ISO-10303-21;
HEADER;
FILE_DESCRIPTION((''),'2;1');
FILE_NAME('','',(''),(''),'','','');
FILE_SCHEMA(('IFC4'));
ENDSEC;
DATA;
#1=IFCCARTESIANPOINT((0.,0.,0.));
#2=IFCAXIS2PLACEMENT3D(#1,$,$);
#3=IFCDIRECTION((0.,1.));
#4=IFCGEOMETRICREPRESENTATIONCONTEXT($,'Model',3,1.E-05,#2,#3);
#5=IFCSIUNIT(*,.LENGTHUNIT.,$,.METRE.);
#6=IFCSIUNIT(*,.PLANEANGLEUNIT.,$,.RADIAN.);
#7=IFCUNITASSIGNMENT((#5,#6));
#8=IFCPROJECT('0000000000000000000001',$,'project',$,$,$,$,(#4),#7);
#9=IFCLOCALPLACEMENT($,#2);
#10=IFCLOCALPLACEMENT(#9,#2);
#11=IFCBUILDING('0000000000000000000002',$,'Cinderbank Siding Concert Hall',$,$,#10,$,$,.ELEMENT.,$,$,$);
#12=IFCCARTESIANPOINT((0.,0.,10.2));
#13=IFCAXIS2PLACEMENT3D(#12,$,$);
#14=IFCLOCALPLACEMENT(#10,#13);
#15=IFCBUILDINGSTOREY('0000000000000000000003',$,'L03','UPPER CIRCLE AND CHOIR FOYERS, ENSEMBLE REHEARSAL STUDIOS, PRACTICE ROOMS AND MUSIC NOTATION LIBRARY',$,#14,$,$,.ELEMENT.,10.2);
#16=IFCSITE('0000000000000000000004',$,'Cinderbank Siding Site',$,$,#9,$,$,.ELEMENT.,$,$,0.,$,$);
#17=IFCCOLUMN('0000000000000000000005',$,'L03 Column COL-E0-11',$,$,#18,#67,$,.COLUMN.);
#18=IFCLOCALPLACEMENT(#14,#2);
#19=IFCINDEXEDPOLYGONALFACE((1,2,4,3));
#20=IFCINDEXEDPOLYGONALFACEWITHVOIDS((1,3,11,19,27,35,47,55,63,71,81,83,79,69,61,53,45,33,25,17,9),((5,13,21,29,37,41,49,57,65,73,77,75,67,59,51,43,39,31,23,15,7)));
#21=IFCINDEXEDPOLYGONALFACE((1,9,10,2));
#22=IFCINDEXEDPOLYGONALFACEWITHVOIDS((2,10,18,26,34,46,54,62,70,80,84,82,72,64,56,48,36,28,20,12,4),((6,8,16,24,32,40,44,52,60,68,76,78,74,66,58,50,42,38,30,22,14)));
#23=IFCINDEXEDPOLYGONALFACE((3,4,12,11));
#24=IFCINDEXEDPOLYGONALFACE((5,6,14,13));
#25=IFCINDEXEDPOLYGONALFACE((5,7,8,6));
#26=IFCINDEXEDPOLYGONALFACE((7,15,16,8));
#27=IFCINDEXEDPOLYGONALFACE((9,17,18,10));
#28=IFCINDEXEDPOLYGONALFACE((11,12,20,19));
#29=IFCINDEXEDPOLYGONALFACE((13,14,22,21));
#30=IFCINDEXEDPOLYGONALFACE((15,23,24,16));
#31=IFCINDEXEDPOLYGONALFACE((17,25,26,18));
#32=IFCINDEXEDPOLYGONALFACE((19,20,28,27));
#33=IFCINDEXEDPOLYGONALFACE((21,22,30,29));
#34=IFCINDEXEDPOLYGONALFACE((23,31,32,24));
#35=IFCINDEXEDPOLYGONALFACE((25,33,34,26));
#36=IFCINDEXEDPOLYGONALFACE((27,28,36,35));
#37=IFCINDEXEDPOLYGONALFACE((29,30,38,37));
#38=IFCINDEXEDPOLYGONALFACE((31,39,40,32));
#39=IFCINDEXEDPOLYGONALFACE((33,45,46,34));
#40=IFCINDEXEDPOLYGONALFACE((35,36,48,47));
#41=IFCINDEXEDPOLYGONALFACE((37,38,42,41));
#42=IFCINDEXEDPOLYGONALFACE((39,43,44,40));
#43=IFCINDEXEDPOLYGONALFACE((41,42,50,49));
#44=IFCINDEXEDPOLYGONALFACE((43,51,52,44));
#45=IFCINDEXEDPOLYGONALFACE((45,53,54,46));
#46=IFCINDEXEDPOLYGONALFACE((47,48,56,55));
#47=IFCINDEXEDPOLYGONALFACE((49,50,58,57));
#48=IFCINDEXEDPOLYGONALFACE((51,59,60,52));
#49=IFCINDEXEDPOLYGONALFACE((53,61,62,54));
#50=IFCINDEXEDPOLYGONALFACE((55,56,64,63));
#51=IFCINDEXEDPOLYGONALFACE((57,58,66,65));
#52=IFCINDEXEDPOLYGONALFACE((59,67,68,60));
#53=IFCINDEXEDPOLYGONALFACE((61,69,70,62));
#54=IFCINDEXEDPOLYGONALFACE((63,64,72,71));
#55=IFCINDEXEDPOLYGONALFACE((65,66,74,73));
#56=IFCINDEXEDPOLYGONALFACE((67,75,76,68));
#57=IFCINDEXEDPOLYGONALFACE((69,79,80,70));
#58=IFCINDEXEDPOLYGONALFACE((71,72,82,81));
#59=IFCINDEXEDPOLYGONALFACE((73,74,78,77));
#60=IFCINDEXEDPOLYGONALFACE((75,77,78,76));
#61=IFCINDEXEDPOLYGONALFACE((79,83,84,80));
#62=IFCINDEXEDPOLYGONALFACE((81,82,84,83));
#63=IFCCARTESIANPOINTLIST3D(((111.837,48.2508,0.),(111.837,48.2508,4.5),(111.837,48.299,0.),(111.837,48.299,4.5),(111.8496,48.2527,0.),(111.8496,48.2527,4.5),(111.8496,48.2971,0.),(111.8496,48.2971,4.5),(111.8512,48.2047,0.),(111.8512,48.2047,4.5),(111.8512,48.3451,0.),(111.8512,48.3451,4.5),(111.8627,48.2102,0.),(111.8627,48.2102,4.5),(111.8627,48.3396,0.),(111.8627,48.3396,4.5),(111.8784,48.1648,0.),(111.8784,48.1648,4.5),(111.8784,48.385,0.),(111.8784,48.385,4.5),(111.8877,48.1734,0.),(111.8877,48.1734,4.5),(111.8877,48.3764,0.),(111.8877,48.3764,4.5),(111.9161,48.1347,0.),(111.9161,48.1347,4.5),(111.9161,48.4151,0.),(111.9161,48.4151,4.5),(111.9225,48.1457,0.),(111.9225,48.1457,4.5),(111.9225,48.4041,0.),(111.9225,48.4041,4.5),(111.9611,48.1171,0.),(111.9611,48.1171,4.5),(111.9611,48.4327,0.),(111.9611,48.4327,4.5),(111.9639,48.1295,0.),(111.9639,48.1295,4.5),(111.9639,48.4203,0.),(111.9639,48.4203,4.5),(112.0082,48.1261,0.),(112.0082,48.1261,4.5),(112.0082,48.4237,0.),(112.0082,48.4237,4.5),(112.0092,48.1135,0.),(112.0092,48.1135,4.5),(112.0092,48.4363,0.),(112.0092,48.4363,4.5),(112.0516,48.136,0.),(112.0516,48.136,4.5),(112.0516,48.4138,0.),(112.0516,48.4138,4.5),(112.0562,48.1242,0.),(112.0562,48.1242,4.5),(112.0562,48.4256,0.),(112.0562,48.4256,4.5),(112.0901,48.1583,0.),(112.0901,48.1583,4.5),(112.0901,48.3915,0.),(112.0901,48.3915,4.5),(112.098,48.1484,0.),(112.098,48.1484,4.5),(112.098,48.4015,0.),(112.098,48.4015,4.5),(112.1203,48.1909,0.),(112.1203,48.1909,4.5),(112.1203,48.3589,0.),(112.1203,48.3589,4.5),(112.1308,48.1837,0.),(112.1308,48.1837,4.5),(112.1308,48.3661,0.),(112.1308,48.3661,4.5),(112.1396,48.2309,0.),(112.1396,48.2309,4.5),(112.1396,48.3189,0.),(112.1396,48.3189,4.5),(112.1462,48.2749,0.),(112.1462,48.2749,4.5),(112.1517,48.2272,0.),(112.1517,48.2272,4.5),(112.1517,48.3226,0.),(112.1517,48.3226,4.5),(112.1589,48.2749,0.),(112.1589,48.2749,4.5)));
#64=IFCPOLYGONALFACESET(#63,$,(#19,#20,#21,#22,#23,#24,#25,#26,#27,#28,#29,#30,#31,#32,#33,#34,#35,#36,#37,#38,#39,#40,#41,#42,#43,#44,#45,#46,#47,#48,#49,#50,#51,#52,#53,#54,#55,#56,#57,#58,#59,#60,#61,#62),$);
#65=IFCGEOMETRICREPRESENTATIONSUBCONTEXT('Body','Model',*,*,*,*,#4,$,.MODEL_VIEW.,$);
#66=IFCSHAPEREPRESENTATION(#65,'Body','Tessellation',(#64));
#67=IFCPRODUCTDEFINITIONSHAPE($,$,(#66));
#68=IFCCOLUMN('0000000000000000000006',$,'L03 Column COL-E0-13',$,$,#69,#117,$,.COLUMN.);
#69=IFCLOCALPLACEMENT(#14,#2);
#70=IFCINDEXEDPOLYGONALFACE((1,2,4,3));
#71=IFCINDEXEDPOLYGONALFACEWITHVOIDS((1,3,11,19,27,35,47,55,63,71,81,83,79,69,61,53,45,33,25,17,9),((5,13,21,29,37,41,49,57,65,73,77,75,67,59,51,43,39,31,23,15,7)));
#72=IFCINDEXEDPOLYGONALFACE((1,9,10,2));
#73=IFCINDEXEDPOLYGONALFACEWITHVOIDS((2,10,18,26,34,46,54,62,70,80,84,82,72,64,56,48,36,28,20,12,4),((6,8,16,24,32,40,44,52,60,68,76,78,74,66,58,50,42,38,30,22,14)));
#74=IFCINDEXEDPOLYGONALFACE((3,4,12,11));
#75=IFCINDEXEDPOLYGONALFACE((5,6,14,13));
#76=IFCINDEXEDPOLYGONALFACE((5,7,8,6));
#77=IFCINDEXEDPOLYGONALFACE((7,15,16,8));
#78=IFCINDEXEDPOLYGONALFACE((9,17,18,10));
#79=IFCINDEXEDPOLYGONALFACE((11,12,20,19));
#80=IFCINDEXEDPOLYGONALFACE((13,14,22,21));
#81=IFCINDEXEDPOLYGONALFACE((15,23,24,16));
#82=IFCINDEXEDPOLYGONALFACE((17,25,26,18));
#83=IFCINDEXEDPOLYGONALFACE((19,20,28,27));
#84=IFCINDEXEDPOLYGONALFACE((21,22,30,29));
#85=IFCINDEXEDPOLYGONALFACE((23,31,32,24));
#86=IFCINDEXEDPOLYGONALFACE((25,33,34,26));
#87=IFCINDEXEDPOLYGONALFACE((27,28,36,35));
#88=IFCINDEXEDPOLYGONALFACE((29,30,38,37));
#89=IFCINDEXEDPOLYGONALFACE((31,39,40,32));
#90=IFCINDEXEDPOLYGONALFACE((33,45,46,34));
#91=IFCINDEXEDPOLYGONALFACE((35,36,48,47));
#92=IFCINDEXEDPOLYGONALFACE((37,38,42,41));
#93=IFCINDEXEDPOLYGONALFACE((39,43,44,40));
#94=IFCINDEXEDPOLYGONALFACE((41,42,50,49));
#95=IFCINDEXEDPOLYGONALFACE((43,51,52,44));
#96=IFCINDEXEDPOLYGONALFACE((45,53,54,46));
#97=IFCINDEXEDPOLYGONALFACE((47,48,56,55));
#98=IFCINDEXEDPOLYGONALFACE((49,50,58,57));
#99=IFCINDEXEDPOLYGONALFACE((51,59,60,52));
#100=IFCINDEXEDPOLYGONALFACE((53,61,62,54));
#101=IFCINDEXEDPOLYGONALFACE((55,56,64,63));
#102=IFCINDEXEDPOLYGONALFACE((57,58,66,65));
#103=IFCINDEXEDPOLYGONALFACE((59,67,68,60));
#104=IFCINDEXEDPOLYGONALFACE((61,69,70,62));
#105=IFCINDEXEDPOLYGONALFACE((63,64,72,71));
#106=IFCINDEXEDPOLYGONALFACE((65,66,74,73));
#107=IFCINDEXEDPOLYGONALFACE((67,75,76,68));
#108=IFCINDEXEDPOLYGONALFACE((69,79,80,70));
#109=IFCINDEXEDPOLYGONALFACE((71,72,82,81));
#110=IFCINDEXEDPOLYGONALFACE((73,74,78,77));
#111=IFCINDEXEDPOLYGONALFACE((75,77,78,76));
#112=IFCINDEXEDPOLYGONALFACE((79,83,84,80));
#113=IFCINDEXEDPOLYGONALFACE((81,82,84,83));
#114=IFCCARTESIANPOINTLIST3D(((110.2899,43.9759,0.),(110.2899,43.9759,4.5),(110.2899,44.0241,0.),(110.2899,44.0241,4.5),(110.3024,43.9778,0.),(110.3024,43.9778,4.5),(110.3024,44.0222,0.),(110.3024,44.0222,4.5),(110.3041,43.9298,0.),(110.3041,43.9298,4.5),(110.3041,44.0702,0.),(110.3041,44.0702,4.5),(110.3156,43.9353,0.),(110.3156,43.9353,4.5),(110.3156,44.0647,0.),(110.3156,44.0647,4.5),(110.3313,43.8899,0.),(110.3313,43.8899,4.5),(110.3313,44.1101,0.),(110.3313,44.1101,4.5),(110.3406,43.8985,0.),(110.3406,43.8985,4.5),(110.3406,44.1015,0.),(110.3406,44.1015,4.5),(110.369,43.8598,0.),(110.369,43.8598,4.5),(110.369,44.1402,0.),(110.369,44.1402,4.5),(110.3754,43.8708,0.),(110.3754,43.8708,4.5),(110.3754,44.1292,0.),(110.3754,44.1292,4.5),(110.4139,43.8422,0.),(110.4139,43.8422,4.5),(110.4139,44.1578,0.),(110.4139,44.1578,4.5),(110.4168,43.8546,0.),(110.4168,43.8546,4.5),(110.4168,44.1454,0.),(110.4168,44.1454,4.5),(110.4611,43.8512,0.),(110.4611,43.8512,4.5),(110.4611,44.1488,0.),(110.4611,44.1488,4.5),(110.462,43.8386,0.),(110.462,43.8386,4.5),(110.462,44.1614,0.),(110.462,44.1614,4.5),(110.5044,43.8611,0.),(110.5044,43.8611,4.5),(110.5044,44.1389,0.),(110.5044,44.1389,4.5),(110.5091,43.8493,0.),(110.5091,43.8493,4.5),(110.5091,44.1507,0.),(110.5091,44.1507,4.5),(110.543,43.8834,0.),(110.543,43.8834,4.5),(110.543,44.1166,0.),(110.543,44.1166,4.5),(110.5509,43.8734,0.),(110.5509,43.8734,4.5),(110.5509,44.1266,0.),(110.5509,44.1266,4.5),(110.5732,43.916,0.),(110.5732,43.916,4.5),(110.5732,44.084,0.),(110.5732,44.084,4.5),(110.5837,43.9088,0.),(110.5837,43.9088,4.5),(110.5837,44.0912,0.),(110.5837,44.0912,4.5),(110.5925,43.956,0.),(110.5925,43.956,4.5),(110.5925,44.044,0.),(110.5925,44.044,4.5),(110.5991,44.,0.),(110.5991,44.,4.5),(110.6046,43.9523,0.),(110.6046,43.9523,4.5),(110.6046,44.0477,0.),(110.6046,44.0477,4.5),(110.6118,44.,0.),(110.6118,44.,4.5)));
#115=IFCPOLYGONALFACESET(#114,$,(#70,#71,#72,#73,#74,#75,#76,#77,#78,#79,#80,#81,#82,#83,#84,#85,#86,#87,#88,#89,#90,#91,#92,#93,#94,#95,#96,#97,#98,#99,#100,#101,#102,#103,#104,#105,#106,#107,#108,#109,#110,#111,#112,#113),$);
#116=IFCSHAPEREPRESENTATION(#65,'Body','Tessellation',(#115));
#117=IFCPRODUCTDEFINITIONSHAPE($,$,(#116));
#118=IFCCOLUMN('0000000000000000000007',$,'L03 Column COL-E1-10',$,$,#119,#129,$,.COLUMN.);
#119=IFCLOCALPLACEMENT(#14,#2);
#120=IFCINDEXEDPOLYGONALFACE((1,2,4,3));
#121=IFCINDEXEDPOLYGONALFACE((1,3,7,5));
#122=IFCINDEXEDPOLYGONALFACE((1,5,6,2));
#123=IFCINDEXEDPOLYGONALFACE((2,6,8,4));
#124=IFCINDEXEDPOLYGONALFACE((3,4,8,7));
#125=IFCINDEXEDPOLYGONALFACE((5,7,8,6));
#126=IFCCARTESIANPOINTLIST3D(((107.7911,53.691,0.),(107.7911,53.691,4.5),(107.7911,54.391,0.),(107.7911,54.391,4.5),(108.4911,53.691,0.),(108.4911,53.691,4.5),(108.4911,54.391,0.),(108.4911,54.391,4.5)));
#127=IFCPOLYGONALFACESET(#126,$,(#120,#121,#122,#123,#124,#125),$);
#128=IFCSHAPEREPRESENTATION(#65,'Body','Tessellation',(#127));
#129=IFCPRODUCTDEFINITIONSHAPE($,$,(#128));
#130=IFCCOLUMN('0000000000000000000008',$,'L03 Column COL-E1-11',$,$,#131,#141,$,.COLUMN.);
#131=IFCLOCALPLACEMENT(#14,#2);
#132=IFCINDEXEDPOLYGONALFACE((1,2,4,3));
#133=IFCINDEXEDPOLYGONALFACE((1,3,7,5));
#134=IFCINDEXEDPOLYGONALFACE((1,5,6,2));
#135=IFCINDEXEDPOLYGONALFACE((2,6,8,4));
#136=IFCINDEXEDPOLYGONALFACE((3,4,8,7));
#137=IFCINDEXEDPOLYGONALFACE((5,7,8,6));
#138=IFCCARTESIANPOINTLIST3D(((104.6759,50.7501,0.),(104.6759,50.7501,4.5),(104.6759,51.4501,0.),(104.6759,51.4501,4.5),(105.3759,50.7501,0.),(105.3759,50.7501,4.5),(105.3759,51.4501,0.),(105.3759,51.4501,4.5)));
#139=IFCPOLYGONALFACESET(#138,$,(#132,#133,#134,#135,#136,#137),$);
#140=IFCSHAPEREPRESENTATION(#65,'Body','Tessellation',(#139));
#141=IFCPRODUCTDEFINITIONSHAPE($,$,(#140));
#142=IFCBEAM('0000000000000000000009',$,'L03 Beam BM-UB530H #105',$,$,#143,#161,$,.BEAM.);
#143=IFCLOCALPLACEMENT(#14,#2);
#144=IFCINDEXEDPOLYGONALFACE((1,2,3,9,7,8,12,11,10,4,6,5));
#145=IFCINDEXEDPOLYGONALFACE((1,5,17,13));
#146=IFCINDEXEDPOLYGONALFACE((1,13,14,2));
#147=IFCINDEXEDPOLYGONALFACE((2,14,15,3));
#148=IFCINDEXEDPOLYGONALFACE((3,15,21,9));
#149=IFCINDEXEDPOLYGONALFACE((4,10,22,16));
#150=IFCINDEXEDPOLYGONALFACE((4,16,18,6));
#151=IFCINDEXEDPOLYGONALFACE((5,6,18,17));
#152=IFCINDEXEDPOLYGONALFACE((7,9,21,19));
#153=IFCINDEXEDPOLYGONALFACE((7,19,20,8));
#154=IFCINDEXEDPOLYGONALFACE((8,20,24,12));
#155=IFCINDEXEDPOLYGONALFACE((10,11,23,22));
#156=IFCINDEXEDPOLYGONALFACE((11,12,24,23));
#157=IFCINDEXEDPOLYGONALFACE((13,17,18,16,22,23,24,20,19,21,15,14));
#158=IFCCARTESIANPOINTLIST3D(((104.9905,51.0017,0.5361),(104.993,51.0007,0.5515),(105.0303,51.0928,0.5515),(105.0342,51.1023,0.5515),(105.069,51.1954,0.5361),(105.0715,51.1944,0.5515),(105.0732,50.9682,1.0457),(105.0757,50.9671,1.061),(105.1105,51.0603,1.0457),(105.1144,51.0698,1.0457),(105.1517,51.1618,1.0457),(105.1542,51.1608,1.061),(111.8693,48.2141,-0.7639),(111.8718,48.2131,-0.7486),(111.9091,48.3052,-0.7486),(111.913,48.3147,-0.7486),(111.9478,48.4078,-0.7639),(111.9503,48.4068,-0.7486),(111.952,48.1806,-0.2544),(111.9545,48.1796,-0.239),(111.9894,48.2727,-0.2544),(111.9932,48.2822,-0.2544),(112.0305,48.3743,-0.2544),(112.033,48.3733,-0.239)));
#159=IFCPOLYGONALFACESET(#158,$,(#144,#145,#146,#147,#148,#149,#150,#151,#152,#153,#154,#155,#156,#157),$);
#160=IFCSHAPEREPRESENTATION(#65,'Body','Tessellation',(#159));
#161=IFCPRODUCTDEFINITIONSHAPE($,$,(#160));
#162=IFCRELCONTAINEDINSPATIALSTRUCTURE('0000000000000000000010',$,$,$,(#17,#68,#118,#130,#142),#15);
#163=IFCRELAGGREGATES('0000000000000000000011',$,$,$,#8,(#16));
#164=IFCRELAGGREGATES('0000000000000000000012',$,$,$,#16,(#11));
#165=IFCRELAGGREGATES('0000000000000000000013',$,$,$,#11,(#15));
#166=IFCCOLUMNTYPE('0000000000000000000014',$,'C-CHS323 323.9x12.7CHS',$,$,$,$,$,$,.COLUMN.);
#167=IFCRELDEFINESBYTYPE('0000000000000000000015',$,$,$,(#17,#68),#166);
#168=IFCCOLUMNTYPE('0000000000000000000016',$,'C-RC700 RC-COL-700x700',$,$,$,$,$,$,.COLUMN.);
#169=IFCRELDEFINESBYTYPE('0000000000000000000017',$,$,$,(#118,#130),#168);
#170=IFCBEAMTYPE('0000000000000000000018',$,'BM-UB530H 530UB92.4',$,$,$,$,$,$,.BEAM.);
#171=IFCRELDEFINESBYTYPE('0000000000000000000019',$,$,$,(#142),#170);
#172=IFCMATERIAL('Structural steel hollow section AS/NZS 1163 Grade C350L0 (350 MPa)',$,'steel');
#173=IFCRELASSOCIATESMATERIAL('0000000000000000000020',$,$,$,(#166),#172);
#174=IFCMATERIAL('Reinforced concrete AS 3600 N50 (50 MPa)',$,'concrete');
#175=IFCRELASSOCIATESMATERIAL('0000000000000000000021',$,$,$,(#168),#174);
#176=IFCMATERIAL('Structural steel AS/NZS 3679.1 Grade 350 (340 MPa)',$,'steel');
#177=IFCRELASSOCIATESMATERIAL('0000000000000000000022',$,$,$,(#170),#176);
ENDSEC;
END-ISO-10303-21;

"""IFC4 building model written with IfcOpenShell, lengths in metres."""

from ifc_helpers import new_model, si_unit, direction, frame, origin, origin_2d, place, context, subcontext, project, spatial, rectangle, hollow_circle, i_section, extrude, material, material_profile, profile_set, type_object, element, save


model = new_model("IFC4")

# Units and contexts
model_context = context("Model", 3, precision=1e-05, world=origin(), true_north=direction((0.0, 1.0)))
body_context = subcontext(model_context, "Body", "Model", "MODEL_VIEW")
ifc_project = project(units=[si_unit("LENGTHUNIT", "METRE"), si_unit("PLANEANGLEUNIT", "RADIAN")], contexts=[model_context])

# Site, building, storey
site_placement = place(None, origin())
site = spatial("IfcSite", under=ifc_project, at=site_placement, Name="Cinderbank Siding Site", CompositionType="ELEMENT", RefElevation=0.0)
building_placement = place(site_placement, origin())
building = spatial("IfcBuilding", under=site, at=building_placement, Name="Cinderbank Siding Concert Hall", CompositionType="ELEMENT")
storey_placement = place(building_placement, frame((0.0, 0.0, 10.2)))
storey = spatial("IfcBuildingStorey", under=building, at=storey_placement, Name="L03", Description="UPPER CIRCLE AND CHOIR FOYERS, ENSEMBLE REHEARSAL STUDIOS, PRACTICE ROOMS AND MUSIC NOTATION LIBRARY", CompositionType="ELEMENT", Elevation=10.2)

# Columns
ifc_material_1 = material(Name="Structural steel hollow section AS/NZS 1163 Grade C350L0 (350 MPa)", Category="steel")
ifc_material_profile_1 = material_profile(ifc_material_1, hollow_circle(Radius=0.1619, WallThickness=0.0127, at=origin_2d()), Name="323.9x12.7CHS", Category="LoadBearing")
ifc_profile_set_1 = profile_set([ifc_material_profile_1], Name="Structural steel hollow section AS/NZS 1163 Grade C350L0 (350 MPa)")
column_type_1 = type_object("IfcColumnType", Name="C-CHS323 323.9x12.7CHS", PredefinedType="COLUMN", material=ifc_profile_set_1)
for number, where, z_axis, x_axis, name in (
    (1, (111.9971, 48.2749, 0.0), (0.0, 0.0, 1.0), (1.0, 0.0, 0.0), "L03 Column COL-E0-11"),
    (2, (110.45, 44.0, 0.0), (0.0, 0.0, 1.0), (1.0, 0.0, 0.0), "L03 Column COL-E0-13"),
):
    element("IfcColumn", number, at=place(storey_placement, frame(where, z_axis=z_axis, x_axis=x_axis)), inside=storey, type_object=column_type_1, Name=name, PredefinedType="COLUMN", context=body_context, shape_type="SweptSolid", body=[
        extrude(hollow_circle(Radius=0.1619, WallThickness=0.0127, at=origin_2d()), origin(), (0.0, 0.0, 1.0), 4.5),
    ])
ifc_material_2 = material(Name="Reinforced concrete AS 3600 N50 (50 MPa)", Category="concrete")
ifc_material_profile_2 = material_profile(ifc_material_2, rectangle(XDim=0.7, YDim=0.7, at=origin_2d()), Name="RC-COL-700x700", Category="LoadBearing")
ifc_profile_set_2 = profile_set([ifc_material_profile_2], Name="Reinforced concrete AS 3600 N50 (50 MPa)")
column_type_2 = type_object("IfcColumnType", Name="C-RC700 RC-COL-700x700", PredefinedType="COLUMN", material=ifc_profile_set_2)
for number, where, z_axis, x_axis, name in (
    (3, (108.1411, 54.041, 0.0), (0.0, 0.0, 1.0), (1.0, 0.0, 0.0), "L03 Column COL-E1-10"),
    (4, (105.0259, 51.1001, 0.0), (0.0, 0.0, 1.0), (1.0, 0.0, 0.0), "L03 Column COL-E1-11"),
):
    element("IfcColumn", number, at=place(storey_placement, frame(where, z_axis=z_axis, x_axis=x_axis)), inside=storey, type_object=column_type_2, Name=name, PredefinedType="COLUMN", context=body_context, shape_type="SweptSolid", body=[
        extrude(rectangle(XDim=0.7, YDim=0.7, at=origin_2d()), origin(), (0.0, 0.0, 1.0), 4.5),
    ])

# Beam
ifc_material_3 = material(Name="Structural steel AS/NZS 3679.1 Grade 350 (340 MPa)", Category="steel")
ifc_material_profile_3 = material_profile(ifc_material_3, i_section(OverallWidth=0.209, OverallDepth=0.533, WebThickness=0.0103, FlangeThickness=0.0156, at=origin_2d()), Name="530UB92.4", Category="LoadBearing")
ifc_profile_set_3 = profile_set([ifc_material_profile_3], Name="Structural steel AS/NZS 3679.1 Grade 350 (340 MPa)")
beam_type_1 = type_object("IfcBeamType", Name="BM-UB530H 530UB92.4", PredefinedType="BEAM", material=ifc_profile_set_3)
beam_1_placement = place(storey_placement, frame((111.9512, 48.2937, -0.5015), z_axis=(-0.912895, 0.36994, 0.172529), x_axis=(-0.375572, -0.926793, 0.0)))
element("IfcBeam", 5, at=beam_1_placement, inside=storey, type_object=beam_type_1, Name="L03 Beam BM-UB530H #105", PredefinedType="BEAM", context=body_context, shape_type="SweptSolid", body=[
    extrude(i_section(OverallWidth=0.209, OverallDepth=0.533, WebThickness=0.0103, FlangeThickness=0.0156, at=origin_2d()), origin(), (0.0, 0.0, 1.0), 7.5352),
])

save(model, "model.ifc")
